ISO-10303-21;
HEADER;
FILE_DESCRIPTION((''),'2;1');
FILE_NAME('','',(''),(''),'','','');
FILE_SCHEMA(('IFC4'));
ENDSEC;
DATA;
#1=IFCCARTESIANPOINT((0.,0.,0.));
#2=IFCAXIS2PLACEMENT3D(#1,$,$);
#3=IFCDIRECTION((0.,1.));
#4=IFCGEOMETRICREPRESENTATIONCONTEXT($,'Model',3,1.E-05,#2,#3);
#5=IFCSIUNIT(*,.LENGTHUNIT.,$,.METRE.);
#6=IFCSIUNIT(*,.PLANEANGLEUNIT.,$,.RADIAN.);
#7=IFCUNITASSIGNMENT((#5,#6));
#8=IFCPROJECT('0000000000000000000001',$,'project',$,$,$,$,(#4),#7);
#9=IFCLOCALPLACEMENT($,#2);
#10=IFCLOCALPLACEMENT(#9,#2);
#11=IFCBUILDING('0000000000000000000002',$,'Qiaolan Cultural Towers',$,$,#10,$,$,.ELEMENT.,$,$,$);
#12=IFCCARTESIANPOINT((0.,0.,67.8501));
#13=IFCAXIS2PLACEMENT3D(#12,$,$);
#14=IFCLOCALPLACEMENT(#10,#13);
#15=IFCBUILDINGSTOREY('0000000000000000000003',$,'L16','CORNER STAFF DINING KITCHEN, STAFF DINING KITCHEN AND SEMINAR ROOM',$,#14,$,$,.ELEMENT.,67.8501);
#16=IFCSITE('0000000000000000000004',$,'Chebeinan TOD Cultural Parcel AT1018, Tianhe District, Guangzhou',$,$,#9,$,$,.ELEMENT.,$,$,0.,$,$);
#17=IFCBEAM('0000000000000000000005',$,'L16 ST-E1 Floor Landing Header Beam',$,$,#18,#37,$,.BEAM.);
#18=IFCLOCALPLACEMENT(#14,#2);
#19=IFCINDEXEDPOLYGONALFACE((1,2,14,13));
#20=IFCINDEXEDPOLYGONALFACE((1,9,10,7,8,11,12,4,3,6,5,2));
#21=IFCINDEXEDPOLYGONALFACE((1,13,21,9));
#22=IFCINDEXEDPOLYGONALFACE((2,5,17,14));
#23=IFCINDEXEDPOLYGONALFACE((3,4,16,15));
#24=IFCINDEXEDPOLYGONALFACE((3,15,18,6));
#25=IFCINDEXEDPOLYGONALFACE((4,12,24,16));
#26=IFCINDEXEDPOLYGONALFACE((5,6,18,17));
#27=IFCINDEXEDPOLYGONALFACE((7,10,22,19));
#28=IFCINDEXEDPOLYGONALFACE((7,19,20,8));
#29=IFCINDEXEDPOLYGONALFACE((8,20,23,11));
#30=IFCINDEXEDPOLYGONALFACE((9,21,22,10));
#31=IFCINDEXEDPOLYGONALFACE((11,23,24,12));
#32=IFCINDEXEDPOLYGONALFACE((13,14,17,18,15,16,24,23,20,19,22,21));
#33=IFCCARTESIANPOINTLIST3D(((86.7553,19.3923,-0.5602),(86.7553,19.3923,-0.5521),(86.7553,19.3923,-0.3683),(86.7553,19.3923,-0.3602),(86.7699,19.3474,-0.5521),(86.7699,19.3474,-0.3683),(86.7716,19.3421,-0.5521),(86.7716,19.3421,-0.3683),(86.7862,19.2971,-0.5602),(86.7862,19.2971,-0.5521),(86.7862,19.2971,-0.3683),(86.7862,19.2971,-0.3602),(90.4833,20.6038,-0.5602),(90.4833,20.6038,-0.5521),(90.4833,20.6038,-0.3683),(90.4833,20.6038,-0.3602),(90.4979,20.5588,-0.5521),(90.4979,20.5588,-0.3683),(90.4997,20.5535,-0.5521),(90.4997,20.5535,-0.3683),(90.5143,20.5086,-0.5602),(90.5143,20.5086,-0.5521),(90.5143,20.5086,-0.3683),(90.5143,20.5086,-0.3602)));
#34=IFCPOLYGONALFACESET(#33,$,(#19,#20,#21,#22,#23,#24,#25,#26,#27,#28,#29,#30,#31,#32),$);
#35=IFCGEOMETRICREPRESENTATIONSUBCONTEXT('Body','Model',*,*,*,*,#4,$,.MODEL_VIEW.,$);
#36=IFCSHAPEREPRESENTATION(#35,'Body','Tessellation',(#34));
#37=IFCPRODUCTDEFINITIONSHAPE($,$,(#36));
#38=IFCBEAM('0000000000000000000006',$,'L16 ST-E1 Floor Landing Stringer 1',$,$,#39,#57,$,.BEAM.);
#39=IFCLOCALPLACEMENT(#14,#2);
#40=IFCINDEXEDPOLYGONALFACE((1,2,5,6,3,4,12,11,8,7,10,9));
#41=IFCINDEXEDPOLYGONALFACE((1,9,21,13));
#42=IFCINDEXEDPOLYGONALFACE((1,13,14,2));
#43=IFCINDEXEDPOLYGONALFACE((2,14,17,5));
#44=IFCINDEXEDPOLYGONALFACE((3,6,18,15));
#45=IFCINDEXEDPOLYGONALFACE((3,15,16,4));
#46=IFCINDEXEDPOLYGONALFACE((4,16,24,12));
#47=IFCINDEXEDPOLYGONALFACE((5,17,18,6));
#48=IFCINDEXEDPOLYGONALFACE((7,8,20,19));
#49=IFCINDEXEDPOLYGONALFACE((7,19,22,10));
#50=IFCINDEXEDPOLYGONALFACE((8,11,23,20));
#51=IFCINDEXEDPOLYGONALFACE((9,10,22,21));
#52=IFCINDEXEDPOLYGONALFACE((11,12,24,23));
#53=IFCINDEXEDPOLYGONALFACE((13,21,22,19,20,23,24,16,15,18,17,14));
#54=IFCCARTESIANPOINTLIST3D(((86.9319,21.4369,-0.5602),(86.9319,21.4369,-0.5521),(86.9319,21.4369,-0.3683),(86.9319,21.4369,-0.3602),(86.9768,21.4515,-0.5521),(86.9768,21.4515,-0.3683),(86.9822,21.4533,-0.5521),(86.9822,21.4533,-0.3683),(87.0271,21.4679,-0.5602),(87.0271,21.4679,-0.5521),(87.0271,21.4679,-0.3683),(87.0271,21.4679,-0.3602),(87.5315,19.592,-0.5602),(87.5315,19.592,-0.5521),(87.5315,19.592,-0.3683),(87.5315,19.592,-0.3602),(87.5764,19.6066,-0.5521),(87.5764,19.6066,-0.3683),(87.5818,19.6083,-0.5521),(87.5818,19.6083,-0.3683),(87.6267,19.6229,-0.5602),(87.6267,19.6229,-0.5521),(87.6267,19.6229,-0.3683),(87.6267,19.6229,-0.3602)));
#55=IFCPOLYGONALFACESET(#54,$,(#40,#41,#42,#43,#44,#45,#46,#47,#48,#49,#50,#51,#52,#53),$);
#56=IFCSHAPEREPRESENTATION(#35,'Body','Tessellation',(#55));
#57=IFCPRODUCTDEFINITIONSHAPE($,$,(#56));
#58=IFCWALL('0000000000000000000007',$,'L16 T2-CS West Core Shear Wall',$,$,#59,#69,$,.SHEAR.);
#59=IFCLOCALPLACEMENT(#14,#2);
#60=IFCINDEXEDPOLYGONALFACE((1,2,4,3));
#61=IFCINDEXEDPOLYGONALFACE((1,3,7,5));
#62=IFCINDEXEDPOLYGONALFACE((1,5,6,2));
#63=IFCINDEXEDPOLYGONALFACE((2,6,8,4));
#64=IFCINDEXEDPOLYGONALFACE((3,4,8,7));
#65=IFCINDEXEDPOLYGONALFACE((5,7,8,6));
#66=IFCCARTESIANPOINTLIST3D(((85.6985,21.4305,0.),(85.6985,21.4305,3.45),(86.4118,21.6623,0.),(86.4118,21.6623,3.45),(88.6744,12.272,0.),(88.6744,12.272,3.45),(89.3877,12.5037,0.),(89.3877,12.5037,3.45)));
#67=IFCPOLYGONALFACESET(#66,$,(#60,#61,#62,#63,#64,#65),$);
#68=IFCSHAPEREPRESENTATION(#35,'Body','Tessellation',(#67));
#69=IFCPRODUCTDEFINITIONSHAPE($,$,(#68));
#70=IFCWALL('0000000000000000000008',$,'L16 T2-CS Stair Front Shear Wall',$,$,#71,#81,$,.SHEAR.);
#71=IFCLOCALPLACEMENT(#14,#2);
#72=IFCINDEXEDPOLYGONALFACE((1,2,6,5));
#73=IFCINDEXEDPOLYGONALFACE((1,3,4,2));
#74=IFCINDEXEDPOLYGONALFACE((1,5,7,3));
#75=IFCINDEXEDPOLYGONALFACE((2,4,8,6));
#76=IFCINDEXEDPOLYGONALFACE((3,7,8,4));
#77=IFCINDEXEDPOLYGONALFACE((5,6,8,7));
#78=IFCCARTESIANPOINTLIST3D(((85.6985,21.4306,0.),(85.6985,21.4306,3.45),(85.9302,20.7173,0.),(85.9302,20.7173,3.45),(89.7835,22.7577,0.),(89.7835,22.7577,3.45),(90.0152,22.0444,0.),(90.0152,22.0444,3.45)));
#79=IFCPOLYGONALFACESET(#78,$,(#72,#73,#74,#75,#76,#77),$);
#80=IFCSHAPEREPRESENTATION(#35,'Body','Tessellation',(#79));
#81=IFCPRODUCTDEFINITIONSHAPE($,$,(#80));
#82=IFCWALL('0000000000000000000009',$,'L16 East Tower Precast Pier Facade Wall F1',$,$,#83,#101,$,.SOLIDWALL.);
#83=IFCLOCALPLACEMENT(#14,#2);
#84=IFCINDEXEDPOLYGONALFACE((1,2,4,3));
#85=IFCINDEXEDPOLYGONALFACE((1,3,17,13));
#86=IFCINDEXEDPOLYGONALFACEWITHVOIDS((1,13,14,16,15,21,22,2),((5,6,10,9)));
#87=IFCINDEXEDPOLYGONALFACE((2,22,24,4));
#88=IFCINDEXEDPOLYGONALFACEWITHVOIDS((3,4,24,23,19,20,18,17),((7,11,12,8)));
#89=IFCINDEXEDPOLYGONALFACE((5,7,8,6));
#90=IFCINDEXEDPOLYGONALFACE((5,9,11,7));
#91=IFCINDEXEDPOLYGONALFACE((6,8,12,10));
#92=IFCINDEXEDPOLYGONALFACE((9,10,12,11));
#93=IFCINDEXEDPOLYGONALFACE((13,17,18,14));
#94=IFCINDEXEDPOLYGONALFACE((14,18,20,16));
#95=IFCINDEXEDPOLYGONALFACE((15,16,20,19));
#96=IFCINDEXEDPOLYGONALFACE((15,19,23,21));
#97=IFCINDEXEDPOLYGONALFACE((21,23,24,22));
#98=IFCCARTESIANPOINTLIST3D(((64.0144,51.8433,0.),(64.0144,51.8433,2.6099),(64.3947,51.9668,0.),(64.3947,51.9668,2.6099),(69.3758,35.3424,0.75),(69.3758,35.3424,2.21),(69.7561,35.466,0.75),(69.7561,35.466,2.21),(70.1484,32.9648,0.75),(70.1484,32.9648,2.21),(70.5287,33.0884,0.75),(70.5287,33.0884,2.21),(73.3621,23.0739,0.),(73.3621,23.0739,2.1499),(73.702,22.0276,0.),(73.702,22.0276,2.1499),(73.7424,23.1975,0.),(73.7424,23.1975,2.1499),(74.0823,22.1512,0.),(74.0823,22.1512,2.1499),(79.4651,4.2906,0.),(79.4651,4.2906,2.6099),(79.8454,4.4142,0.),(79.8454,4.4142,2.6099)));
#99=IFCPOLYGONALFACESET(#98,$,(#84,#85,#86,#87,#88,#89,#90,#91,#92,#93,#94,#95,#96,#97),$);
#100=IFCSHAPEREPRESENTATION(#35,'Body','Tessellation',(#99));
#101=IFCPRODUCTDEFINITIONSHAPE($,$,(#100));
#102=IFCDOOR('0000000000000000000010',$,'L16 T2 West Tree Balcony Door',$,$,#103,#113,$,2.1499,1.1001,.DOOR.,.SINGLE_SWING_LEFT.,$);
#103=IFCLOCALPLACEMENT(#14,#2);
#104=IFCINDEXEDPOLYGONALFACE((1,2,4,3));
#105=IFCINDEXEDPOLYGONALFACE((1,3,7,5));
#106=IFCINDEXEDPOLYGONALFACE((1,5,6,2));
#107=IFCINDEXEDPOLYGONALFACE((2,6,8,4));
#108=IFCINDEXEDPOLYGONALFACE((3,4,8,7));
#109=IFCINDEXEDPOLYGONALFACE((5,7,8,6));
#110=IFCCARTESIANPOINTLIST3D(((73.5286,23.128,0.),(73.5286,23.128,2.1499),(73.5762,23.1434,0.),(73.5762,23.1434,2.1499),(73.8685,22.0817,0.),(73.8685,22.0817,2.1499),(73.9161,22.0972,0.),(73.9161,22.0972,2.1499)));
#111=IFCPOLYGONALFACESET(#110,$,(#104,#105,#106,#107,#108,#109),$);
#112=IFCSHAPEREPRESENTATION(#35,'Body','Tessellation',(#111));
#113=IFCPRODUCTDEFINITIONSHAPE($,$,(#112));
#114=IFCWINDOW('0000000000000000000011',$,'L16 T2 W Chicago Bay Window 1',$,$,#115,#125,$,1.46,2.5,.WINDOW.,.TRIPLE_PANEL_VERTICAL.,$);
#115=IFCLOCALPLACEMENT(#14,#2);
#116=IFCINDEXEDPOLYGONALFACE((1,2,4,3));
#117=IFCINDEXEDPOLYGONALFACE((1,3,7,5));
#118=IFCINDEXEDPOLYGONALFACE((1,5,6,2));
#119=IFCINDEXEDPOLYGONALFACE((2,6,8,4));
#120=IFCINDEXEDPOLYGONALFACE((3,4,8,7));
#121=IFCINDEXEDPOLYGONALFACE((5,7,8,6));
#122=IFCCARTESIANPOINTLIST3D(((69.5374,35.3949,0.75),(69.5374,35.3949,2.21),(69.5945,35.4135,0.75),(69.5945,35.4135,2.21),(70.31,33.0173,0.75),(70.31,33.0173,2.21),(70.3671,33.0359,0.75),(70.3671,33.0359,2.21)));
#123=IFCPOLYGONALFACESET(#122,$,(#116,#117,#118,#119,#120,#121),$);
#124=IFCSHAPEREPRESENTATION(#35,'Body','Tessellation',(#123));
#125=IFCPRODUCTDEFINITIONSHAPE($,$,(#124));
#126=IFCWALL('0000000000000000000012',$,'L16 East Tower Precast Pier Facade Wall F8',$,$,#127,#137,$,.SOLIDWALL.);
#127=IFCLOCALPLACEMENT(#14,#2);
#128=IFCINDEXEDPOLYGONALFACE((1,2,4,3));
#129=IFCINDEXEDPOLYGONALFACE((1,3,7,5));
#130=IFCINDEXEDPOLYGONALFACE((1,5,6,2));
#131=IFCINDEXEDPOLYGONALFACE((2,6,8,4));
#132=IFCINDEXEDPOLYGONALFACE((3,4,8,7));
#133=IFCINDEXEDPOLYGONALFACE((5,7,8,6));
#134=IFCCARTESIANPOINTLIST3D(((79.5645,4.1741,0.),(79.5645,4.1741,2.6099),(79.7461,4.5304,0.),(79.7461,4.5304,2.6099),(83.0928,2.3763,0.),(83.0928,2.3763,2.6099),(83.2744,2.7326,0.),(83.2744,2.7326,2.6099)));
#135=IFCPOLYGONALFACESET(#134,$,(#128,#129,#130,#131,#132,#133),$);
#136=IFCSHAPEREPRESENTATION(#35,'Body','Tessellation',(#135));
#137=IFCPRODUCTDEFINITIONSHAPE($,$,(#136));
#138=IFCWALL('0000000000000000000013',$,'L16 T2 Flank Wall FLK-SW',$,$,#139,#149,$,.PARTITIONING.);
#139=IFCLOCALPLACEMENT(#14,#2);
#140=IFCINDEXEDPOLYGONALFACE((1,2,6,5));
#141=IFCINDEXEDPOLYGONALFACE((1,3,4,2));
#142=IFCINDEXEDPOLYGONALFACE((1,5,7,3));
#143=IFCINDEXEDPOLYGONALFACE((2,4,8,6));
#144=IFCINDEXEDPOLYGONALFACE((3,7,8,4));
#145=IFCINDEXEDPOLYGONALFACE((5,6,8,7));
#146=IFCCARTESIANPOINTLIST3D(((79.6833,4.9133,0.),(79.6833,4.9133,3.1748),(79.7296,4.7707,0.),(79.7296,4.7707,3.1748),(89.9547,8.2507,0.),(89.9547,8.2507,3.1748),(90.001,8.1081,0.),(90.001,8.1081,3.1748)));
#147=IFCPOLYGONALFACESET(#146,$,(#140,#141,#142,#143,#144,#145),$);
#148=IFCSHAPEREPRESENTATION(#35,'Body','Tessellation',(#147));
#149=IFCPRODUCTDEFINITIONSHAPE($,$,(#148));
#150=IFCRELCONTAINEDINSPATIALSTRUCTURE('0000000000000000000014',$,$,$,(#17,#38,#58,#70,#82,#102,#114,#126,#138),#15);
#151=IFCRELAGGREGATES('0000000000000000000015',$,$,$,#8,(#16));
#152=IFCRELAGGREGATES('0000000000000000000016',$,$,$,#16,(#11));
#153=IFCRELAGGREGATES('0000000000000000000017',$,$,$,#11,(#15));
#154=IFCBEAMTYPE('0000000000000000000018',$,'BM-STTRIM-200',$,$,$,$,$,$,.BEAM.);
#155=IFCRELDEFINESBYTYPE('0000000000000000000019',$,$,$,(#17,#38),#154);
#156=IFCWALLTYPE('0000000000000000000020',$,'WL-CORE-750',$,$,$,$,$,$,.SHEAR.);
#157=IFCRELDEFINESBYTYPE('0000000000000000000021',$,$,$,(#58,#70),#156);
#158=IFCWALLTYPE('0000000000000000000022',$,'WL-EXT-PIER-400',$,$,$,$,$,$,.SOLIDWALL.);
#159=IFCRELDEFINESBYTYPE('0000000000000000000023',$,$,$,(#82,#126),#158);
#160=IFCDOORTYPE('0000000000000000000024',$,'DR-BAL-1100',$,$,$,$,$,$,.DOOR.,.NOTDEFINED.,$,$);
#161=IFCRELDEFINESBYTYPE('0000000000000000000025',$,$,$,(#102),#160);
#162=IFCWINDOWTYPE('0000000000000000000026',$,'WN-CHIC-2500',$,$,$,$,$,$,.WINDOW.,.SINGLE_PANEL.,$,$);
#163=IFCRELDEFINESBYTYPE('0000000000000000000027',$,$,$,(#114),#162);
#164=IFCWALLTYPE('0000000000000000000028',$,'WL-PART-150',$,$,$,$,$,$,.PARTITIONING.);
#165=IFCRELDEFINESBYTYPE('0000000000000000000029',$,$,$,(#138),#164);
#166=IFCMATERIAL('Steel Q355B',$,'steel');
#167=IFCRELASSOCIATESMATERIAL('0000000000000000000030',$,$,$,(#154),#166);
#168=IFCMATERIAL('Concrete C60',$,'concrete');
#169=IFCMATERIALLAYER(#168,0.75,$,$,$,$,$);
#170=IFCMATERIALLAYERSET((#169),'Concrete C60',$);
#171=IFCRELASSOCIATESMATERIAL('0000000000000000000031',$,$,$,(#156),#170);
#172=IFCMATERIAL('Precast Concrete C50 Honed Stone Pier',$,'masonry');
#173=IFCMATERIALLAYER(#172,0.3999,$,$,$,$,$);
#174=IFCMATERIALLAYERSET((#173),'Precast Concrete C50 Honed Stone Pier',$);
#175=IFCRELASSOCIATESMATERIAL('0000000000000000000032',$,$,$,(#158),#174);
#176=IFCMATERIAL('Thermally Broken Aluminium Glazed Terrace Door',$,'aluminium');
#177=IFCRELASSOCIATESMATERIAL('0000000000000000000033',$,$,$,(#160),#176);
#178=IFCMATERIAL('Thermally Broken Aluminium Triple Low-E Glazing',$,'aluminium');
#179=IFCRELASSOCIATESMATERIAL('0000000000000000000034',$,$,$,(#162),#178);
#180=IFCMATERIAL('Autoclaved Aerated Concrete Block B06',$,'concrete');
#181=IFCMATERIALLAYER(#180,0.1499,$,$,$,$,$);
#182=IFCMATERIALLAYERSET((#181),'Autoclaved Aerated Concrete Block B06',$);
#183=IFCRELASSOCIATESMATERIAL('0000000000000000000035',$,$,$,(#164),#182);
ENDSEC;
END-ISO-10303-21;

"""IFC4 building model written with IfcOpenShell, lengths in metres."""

from ifc_helpers import new_model, si_unit, direction, frame, frame_2d, origin, origin_2d, place, context, subcontext, project, spatial, rectangle, i_section, extrude, material, layer, layer_set, material_profile, profile_set, type_object, element, fill, save


model = new_model("IFC4")

# Units and contexts
model_context = context("Model", 3, precision=1e-05, world=origin(), true_north=direction((0.0, 1.0)))
body_context = subcontext(model_context, "Body", "Model", "MODEL_VIEW")
ifc_project = project(units=[si_unit("LENGTHUNIT", "METRE"), si_unit("PLANEANGLEUNIT", "RADIAN")], contexts=[model_context])

# Site, building, storey
site_placement = place(None, origin())
site = spatial("IfcSite", under=ifc_project, at=site_placement, Name="Chebeinan TOD Cultural Parcel AT1018, Tianhe District, Guangzhou", CompositionType="ELEMENT", RefElevation=0.0)
building_placement = place(site_placement, origin())
building = spatial("IfcBuilding", under=site, at=building_placement, Name="Qiaolan Cultural Towers", CompositionType="ELEMENT")
storey_placement = place(building_placement, frame((0.0, 0.0, 67.8501)))
storey = spatial("IfcBuildingStorey", under=building, at=storey_placement, Name="L16", Description="CORNER STAFF DINING KITCHEN, STAFF DINING KITCHEN AND SEMINAR ROOM", CompositionType="ELEMENT", Elevation=67.8501)

# Beams
ifc_material_1 = material(Name="Steel Q355B", Category="steel")
ifc_material_profile_1 = material_profile(ifc_material_1, i_section(OverallWidth=0.1001, OverallDepth=0.2, WebThickness=0.0056, FlangeThickness=0.0081, at=origin_2d()), Name="HN200x100x5.5x8")
ifc_profile_set_1 = profile_set([ifc_material_profile_1], Name="Steel Q355B")
beam_type_1 = type_object("IfcBeamType", Name="BM-STTRIM-200", PredefinedType="BEAM", material=ifc_profile_set_1)
beam_1_placement = place(storey_placement, frame((86.7708, 19.3447, -0.4602), z_axis=(0.951048, 0.309044, 0.0), x_axis=(-0.309044, 0.951048, 0.0)))
element("IfcBeam", 1, at=beam_1_placement, inside=storey, type_object=beam_type_1, Name="L16 ST-E1 Floor Landing Header Beam", PredefinedType="BEAM", context=body_context, shape_type="SweptSolid", body=[
    extrude(i_section(OverallWidth=0.1001, OverallDepth=0.2, WebThickness=0.0056, FlangeThickness=0.0081, at=origin_2d()), origin(), (0.0, 0.0, 1.0), 3.9199),
])
beam_2_placement = place(storey_placement, frame((86.9795, 21.4524, -0.4602), z_axis=(0.309083, -0.951035, 0.0), x_axis=(0.951035, 0.309083, 0.0)))
element("IfcBeam", 2, at=beam_2_placement, inside=storey, type_object=beam_type_1, Name="L16 ST-E1 Floor Landing Stringer 1", PredefinedType="BEAM", context=body_context, shape_type="SweptSolid", body=[
    extrude(i_section(OverallWidth=0.1001, OverallDepth=0.2, WebThickness=0.0056, FlangeThickness=0.0081, at=origin_2d()), origin(), (0.0, 0.0, 1.0), 1.9399),
])

# Walls
ifc_material_2 = material(Name="Concrete C60", Category="concrete")
ifc_layer_1 = layer(ifc_material_2, 0.75)
ifc_layer_set_1 = layer_set([ifc_layer_1], Name="Concrete C60")
wall_type_1 = type_object("IfcWallType", Name="WL-CORE-750", PredefinedType="SHEAR", material=ifc_layer_set_1)
wall_1_placement = place(storey_placement, frame((86.0552, 21.5464, 0.0), z_axis=(0.0, 0.0, 1.0), x_axis=(0.309024, -0.951054, 0.0)))
element("IfcWall", 3, at=wall_1_placement, inside=storey, type_object=wall_type_1, Name="L16 T2-CS West Core Shear Wall", PredefinedType="SHEAR", context=body_context, shape_type="SweptSolid", body=[
    extrude(rectangle(XDim=9.6299, YDim=0.75, at=frame_2d((4.8149, 0.0))), origin(), (0.0, 0.0, 1.0), 3.45),
])
wall_2_placement = place(storey_placement, frame((85.8145, 21.074, 0.0), z_axis=(0.0, 0.0, 1.0), x_axis=(0.951066, 0.308988, 0.0)))
element("IfcWall", 4, at=wall_2_placement, inside=storey, type_object=wall_type_1, Name="L16 T2-CS Stair Front Shear Wall", PredefinedType="SHEAR", context=body_context, shape_type="SweptSolid", body=[
    extrude(rectangle(XDim=4.2952, YDim=0.75, at=frame_2d((2.1475, 0.0))), origin(), (0.0, 0.0, 1.0), 3.45),
])

# Wall, openings, door, window
ifc_material_3 = material(Name="Precast Concrete C50 Honed Stone Pier", Category="masonry")
ifc_layer_2 = layer(ifc_material_3, 0.3999)
ifc_layer_set_2 = layer_set([ifc_layer_2], Name="Precast Concrete C50 Honed Stone Pier")
wall_type_2 = type_object("IfcWallType", Name="WL-EXT-PIER-400", PredefinedType="SOLIDWALL", material=ifc_layer_set_2)
wall_3_placement = place(storey_placement, frame((79.6553, 4.3523, 0.0), z_axis=(0.0, 0.0, 1.0), x_axis=(-0.309015, 0.951057, 0.0)))
wall_3 = element("IfcWall", 5, at=wall_3_placement, inside=storey, type_object=wall_type_2, Name="L16 East Tower Precast Pier Facade Wall F1", PredefinedType="SOLIDWALL", context=body_context, shape_type="SweptSolid", body=[
    extrude(rectangle(XDim=49.9998, YDim=0.3999, at=frame_2d((25.0, 0.0))), origin(), (0.0, 0.0, 1.0), 2.6099),
])
opening_1_placement = place(wall_3_placement, frame((30.1499, 0.0, 0.75)))
opening_1 = element("IfcOpeningElement", 6, at=opening_1_placement, cuts=wall_3, PredefinedType="OPENING", context=body_context, shape_type="SweptSolid", body=[
    extrude(rectangle(XDim=2.5, YDim=1.46, at=frame_2d((1.25, 0.73))), frame((0.0, 0.21, 0.0), z_axis=(0.0, -1.0, 0.0), x_axis=(1.0, 0.0, 0.0)), (0.0, 0.0, 1.0), 0.4199),
])
opening_2_placement = place(wall_3_placement, frame((18.6499, 0.0, 0.0)))
opening_2 = element("IfcOpeningElement", 7, at=opening_2_placement, cuts=wall_3, PredefinedType="OPENING", context=body_context, shape_type="SweptSolid", body=[
    extrude(rectangle(XDim=1.1001, YDim=2.1499, at=frame_2d((0.55, 1.075))), frame((0.0, 0.21, 0.0), z_axis=(0.0, -1.0, 0.0), x_axis=(1.0, 0.0, 0.0)), (0.0, 0.0, 1.0), 0.4199),
])
ifc_material_4 = material(Name="Thermally Broken Aluminium Glazed Terrace Door", Category="aluminium")
door_type_1 = type_object("IfcDoorType", Name="DR-BAL-1100", OperationType="NOTDEFINED", PredefinedType="DOOR", material=ifc_material_4)
door_1_placement = place(opening_2_placement, origin())
door_1 = element("IfcDoor", 8, at=door_1_placement, inside=storey, type_object=door_type_1, Name="L16 T2 West Tree Balcony Door", OperationType="SINGLE_SWING_LEFT", OverallHeight=2.1499, OverallWidth=1.1001, PredefinedType="DOOR", context=body_context, shape_type="SweptSolid", body=[
    extrude(rectangle(XDim=1.1001, YDim=2.1499, at=frame_2d((0.55, 1.075))), frame((0.0, 0.0249, 0.0), z_axis=(0.0, -1.0, 0.0), x_axis=(1.0, 0.0, 0.0)), (0.0, 0.0, 1.0), 0.05),
])
fill(opening_2, door_1)
ifc_material_5 = material(Name="Thermally Broken Aluminium Triple Low-E Glazing", Category="aluminium")
window_type = type_object("IfcWindowType", Name="WN-CHIC-2500", PartitioningType="SINGLE_PANEL", PredefinedType="WINDOW", material=ifc_material_5)
window_placement = place(opening_1_placement, origin())
window = element("IfcWindow", 9, at=window_placement, inside=storey, type_object=window_type, Name="L16 T2 W Chicago Bay Window 1", OverallHeight=1.46, OverallWidth=2.5, PartitioningType="TRIPLE_PANEL_VERTICAL", PredefinedType="WINDOW", context=body_context, shape_type="SweptSolid", body=[
    extrude(rectangle(XDim=2.5, YDim=1.46, at=frame_2d((1.25, 0.73))), frame((0.0, 0.03, 0.0), z_axis=(0.0, -1.0, 0.0), x_axis=(1.0, 0.0, 0.0)), (0.0, 0.0, 1.0), 0.0601),
])
fill(opening_1, window)

# Walls
wall_4_placement = place(storey_placement, frame((83.1836, 2.5544, 0.0), z_axis=(0.0, 0.0, 1.0), x_axis=(-0.890998, 0.454007, 0.0)))
element("IfcWall", 10, at=wall_4_placement, inside=storey, type_object=wall_type_2, Name="L16 East Tower Precast Pier Facade Wall F8", PredefinedType="SOLIDWALL", context=body_context, shape_type="SweptSolid", body=[
    extrude(rectangle(XDim=3.96, YDim=0.3999, at=frame_2d((1.98, 0.0))), origin(), (0.0, 0.0, 1.0), 2.6099),
])
ifc_material_6 = material(Name="Autoclaved Aerated Concrete Block B06", Category="concrete")
ifc_layer_3 = layer(ifc_material_6, 0.1499)
ifc_layer_set_3 = layer_set([ifc_layer_3], Name="Autoclaved Aerated Concrete Block B06")
wall_type_3 = type_object("IfcWallType", Name="WL-PART-150", PredefinedType="PARTITIONING", material=ifc_layer_set_3)
wall_5_placement = place(storey_placement, frame((79.7065, 4.842, 0.0), z_axis=(0.0, 0.0, 1.0), x_axis=(0.951057, 0.309017, 0.0)))
element("IfcWall", 11, at=wall_5_placement, inside=storey, type_object=wall_type_3, Name="L16 T2 Flank Wall FLK-SW", PredefinedType="PARTITIONING", context=body_context, shape_type="SweptSolid", body=[
    extrude(rectangle(XDim=10.8, YDim=0.1499, at=frame_2d((5.3999, 0.0))), origin(), (0.0, 0.0, 1.0), 3.1748),
])

save(model, "model.ifc")
